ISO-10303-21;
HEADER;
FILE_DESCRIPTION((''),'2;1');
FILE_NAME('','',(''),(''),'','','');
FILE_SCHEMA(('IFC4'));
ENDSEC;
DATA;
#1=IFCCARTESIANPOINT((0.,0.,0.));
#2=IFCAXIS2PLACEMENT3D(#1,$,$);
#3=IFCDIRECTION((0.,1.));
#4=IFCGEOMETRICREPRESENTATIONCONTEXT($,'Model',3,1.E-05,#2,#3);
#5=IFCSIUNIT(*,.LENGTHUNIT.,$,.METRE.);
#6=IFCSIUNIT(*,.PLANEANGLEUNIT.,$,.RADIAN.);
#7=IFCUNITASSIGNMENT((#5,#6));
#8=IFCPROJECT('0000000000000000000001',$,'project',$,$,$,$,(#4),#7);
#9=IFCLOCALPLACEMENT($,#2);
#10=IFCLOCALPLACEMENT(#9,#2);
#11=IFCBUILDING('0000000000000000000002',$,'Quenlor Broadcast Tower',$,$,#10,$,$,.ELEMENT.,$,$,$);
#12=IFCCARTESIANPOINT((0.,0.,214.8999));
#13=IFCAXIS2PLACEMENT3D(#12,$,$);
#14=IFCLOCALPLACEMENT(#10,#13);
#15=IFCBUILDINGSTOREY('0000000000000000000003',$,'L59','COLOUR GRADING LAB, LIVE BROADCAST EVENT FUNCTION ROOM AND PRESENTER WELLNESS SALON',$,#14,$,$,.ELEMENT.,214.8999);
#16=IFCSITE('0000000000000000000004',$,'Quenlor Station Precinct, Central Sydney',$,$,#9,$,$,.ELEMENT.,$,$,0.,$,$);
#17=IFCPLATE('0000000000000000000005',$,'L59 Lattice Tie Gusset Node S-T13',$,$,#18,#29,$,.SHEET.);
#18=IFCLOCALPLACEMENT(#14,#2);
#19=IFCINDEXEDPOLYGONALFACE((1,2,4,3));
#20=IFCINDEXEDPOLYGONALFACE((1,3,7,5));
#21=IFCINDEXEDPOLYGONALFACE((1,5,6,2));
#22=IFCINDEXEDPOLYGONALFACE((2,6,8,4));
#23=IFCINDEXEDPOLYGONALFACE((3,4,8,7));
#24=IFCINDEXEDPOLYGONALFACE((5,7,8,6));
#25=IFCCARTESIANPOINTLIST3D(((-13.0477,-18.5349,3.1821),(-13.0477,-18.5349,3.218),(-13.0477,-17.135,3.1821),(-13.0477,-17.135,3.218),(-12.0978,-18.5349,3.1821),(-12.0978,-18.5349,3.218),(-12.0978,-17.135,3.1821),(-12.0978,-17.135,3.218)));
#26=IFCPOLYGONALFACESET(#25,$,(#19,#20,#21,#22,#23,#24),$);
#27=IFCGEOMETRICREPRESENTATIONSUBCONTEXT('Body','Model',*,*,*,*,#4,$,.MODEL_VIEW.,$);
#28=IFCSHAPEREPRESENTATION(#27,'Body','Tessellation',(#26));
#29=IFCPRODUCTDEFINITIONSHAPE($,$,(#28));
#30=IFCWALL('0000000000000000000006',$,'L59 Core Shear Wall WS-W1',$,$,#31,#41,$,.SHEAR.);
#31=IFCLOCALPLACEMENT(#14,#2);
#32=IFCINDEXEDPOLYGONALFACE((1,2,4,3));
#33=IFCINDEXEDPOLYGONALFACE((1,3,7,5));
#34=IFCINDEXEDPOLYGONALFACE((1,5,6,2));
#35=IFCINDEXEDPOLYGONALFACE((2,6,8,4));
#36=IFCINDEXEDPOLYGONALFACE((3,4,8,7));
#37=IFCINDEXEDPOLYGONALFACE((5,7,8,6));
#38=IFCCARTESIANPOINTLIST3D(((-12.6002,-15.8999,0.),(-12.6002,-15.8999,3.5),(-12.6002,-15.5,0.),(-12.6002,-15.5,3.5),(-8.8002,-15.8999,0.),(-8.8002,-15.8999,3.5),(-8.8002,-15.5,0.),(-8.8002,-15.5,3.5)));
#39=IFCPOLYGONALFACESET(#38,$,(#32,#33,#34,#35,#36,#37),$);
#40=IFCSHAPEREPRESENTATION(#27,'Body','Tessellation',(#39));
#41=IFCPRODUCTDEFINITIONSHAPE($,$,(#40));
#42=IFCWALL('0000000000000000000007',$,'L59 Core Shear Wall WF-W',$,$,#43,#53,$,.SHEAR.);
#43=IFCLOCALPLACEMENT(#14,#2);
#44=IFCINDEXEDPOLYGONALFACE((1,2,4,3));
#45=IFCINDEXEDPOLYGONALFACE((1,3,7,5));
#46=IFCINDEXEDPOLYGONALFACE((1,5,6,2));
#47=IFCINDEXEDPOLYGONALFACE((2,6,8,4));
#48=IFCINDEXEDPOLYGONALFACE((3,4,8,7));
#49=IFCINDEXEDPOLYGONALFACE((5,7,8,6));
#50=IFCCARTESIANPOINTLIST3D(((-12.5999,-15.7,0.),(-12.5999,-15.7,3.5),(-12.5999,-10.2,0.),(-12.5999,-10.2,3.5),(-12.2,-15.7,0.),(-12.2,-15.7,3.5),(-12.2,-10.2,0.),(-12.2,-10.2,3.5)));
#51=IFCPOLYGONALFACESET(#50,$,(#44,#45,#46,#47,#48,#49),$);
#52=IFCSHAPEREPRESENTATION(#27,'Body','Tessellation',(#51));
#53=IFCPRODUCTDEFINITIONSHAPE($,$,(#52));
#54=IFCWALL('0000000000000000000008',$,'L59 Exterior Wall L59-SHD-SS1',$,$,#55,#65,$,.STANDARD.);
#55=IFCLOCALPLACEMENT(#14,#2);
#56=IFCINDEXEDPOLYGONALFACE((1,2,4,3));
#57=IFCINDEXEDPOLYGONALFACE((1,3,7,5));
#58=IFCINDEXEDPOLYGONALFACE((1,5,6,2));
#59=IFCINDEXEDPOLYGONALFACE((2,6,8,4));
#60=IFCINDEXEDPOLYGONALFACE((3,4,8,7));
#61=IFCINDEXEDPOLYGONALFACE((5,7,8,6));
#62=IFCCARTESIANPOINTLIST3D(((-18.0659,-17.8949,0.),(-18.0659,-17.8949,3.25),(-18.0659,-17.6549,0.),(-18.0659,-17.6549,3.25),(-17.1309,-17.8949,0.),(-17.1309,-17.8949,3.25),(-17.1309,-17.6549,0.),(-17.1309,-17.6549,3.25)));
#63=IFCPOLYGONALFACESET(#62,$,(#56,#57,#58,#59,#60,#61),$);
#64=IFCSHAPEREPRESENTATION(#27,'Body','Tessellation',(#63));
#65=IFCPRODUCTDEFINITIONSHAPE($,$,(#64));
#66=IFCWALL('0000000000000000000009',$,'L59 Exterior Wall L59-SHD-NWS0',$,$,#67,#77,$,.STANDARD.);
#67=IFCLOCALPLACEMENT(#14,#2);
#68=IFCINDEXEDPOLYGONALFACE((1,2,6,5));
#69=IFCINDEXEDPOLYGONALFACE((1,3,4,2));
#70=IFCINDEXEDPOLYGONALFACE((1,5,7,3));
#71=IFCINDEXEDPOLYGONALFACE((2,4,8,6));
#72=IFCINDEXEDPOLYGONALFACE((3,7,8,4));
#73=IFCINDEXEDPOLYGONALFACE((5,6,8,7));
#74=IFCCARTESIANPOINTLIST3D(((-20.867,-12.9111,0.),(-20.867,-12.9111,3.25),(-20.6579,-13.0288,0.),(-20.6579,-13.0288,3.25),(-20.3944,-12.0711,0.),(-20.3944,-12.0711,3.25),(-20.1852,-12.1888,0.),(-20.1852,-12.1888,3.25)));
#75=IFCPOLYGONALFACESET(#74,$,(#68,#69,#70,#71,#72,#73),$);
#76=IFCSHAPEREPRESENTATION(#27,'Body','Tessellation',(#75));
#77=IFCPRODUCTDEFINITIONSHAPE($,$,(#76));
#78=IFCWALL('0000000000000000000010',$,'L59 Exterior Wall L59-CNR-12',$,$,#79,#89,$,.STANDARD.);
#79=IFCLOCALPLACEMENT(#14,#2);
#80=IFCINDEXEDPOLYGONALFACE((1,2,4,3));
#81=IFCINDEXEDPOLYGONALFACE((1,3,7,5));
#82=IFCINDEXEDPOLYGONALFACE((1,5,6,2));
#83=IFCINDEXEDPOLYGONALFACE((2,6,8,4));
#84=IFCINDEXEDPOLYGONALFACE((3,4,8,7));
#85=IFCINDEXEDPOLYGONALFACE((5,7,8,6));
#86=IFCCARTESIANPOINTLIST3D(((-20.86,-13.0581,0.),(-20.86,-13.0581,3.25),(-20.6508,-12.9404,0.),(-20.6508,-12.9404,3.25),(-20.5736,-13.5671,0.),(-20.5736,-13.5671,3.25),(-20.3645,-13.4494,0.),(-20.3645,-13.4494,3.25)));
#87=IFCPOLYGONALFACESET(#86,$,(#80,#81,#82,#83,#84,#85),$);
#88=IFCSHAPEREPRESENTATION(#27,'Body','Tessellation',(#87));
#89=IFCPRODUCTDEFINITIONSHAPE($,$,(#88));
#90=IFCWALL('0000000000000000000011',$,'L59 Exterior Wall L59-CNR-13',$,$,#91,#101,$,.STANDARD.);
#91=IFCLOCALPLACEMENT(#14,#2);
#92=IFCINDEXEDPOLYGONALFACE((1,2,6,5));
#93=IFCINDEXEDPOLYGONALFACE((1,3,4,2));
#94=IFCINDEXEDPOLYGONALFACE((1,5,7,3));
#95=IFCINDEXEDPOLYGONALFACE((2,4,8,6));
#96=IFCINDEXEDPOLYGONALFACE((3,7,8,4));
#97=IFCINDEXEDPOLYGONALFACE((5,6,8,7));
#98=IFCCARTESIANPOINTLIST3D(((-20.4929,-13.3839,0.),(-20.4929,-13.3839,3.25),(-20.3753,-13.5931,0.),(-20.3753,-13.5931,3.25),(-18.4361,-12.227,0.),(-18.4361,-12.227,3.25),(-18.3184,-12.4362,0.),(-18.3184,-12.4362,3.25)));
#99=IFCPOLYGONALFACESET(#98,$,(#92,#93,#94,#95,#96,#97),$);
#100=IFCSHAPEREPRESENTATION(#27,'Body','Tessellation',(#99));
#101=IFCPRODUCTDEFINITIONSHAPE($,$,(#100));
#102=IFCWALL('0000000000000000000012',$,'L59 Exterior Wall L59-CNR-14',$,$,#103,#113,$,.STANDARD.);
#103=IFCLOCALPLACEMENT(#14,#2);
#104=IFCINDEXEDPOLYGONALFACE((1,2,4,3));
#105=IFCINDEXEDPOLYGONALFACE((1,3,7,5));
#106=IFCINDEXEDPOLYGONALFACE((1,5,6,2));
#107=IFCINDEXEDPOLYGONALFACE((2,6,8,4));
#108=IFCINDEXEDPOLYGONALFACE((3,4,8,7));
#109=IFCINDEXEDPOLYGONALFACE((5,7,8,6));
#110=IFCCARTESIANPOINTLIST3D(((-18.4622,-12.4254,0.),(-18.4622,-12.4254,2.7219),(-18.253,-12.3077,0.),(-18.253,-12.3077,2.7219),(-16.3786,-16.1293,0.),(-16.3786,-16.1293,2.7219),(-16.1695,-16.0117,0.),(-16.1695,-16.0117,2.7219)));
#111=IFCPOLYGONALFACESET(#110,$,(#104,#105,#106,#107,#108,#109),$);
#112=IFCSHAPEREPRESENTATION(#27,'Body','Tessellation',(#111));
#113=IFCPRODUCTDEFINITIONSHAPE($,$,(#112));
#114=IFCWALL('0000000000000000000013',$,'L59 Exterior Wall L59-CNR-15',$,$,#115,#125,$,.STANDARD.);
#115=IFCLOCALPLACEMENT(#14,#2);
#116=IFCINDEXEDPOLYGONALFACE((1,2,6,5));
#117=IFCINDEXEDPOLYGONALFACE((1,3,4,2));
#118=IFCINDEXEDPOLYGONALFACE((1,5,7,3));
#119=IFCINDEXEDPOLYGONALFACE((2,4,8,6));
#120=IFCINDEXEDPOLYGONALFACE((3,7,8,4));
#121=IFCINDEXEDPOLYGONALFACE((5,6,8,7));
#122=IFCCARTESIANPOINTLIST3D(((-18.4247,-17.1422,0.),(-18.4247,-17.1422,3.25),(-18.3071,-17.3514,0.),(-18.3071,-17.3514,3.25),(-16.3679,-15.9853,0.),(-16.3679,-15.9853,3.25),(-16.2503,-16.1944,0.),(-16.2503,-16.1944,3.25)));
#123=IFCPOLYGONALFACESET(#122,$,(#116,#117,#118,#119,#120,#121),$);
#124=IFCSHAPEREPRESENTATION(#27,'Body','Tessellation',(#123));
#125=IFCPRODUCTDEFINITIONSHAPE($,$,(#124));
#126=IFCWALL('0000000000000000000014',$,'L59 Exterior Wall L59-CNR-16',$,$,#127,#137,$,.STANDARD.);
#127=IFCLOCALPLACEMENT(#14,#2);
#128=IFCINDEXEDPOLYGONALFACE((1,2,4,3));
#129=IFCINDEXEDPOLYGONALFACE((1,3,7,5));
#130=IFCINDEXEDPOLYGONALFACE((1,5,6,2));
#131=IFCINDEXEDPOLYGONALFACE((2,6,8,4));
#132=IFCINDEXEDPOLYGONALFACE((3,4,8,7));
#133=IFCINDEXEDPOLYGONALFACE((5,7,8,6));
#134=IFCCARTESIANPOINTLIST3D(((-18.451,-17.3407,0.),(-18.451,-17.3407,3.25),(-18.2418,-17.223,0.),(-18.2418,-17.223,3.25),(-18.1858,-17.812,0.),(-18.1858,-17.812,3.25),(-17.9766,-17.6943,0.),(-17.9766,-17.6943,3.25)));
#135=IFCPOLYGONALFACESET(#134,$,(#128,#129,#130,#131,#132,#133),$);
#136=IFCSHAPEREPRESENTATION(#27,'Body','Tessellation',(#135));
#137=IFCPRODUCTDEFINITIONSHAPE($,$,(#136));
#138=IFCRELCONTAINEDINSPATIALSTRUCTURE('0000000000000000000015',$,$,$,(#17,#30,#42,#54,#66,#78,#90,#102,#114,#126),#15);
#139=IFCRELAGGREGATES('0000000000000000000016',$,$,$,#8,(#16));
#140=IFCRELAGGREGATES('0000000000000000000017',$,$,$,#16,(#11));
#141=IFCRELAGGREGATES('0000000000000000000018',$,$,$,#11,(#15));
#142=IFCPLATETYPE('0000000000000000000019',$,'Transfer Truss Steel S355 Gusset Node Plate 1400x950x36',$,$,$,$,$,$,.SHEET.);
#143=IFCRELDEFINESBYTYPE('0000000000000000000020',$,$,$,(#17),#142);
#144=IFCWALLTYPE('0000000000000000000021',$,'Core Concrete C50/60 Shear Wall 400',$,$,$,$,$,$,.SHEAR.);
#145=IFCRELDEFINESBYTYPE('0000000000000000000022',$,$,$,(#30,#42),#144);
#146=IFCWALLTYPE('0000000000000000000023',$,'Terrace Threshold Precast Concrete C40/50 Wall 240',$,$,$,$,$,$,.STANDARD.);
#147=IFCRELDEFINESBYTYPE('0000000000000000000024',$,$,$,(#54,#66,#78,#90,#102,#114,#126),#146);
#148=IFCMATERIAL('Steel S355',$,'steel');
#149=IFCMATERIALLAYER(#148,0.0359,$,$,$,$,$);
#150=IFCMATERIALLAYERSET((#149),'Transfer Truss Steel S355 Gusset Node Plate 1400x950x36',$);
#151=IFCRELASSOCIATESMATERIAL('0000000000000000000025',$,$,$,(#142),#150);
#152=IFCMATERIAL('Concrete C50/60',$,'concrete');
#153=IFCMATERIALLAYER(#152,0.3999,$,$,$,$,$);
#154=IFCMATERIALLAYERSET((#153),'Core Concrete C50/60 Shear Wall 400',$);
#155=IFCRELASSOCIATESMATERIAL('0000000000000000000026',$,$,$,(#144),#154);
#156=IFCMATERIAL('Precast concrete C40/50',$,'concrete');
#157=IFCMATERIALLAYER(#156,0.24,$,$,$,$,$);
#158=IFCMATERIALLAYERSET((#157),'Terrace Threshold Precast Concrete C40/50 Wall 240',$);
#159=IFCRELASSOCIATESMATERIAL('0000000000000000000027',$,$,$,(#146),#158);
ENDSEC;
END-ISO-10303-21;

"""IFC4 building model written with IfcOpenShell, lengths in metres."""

from ifc_helpers import new_model, si_unit, direction, frame, frame_2d, origin, origin_2d, place, context, subcontext, project, spatial, rectangle, extrude, material, layer, layer_set, type_object, element, save


model = new_model("IFC4")

# Units and contexts
model_context = context("Model", 3, precision=1e-05, world=origin(), true_north=direction((0.0, 1.0)))
body_context = subcontext(model_context, "Body", "Model", "MODEL_VIEW")
ifc_project = project(units=[si_unit("LENGTHUNIT", "METRE"), si_unit("PLANEANGLEUNIT", "RADIAN")], contexts=[model_context])

# Site, building, storey
site_placement = place(None, origin())
site = spatial("IfcSite", under=ifc_project, at=site_placement, Name="Quenlor Station Precinct, Central Sydney", CompositionType="ELEMENT", RefElevation=0.0)
building_placement = place(site_placement, origin())
building = spatial("IfcBuilding", under=site, at=building_placement, Name="Quenlor Broadcast Tower", CompositionType="ELEMENT")
storey_placement = place(building_placement, frame((0.0, 0.0, 214.8999)))
storey = spatial("IfcBuildingStorey", under=building, at=storey_placement, Name="L59", Description="COLOUR GRADING LAB, LIVE BROADCAST EVENT FUNCTION ROOM AND PRESENTER WELLNESS SALON", CompositionType="ELEMENT", Elevation=214.8999)

# Plate
ifc_material_1 = material(Name="Steel S355", Category="steel")
ifc_layer_1 = layer(ifc_material_1, 0.0359)
ifc_layer_set_1 = layer_set([ifc_layer_1], Name="Transfer Truss Steel S355 Gusset Node Plate 1400x950x36")
plate_type_1 = type_object("IfcPlateType", Name="Transfer Truss Steel S355 Gusset Node Plate 1400x950x36", PredefinedType="SHEET", material=ifc_layer_set_1)
for number, where, z_axis, x_axis, name in (
    (1, (-12.5728, -17.835, 3.1821), (0.0, 0.0, 1.0), (0.0, -1.0, 0.0), "L59 Lattice Tie Gusset Node S-T13"),
):
    element("IfcPlate", number, at=place(storey_placement, frame(where, z_axis=z_axis, x_axis=x_axis)), inside=storey, type_object=plate_type_1, Name=name, PredefinedType="SHEET", context=body_context, shape_type="SweptSolid", body=[
        extrude(rectangle(XDim=1.3999, YDim=0.95, at=origin_2d()), origin(), (0.0, 0.0, 1.0), 0.0359),
    ])

# Walls
ifc_material_2 = material(Name="Concrete C50/60", Category="concrete")
ifc_layer_2 = layer(ifc_material_2, 0.3999)
ifc_layer_set_2 = layer_set([ifc_layer_2], Name="Core Concrete C50/60 Shear Wall 400")
wall_type_1 = type_object("IfcWallType", Name="Core Concrete C50/60 Shear Wall 400", PredefinedType="SHEAR", material=ifc_layer_set_2)
wall_1_placement = place(storey_placement, frame((-12.6001, -15.7, 0.0), z_axis=(0.0, 0.0, 1.0), x_axis=(1.0, 0.0, 0.0)))
element("IfcWall", 2, at=wall_1_placement, inside=storey, type_object=wall_type_1, Name="L59 Core Shear Wall WS-W1", PredefinedType="SHEAR", context=body_context, shape_type="SweptSolid", body=[
    extrude(rectangle(XDim=3.8, YDim=0.3999, at=frame_2d((1.8999, 0.0))), origin(), (0.0, 0.0, 1.0), 3.5),
])
wall_2_placement = place(storey_placement, frame((-12.3999, -15.7, 0.0), z_axis=(0.0, 0.0, 1.0), x_axis=(0.0, 1.0, 0.0)))
element("IfcWall", 3, at=wall_2_placement, inside=storey, type_object=wall_type_1, Name="L59 Core Shear Wall WF-W", PredefinedType="SHEAR", context=body_context, shape_type="SweptSolid", body=[
    extrude(rectangle(XDim=5.5, YDim=0.3999, at=frame_2d((2.75, 0.0))), origin(), (0.0, 0.0, 1.0), 3.5),
])
ifc_material_3 = material(Name="Precast concrete C40/50", Category="concrete")
ifc_layer_3 = layer(ifc_material_3, 0.24)
ifc_layer_set_3 = layer_set([ifc_layer_3], Name="Terrace Threshold Precast Concrete C40/50 Wall 240")
wall_type_2 = type_object("IfcWallType", Name="Terrace Threshold Precast Concrete C40/50 Wall 240", PredefinedType="STANDARD", material=ifc_layer_set_3)
wall_3_placement = place(storey_placement, frame((-17.1309, -17.7749, 0.0), z_axis=(0.0, 0.0, 1.0), x_axis=(-1.0, 0.0, 0.0)))
element("IfcWall", 4, at=wall_3_placement, inside=storey, type_object=wall_type_2, Name="L59 Exterior Wall L59-SHD-SS1", PredefinedType="STANDARD", context=body_context, shape_type="SweptSolid", body=[
    extrude(rectangle(XDim=0.9351, YDim=0.24, at=frame_2d((0.4675, 0.0))), origin(), (0.0, 0.0, 1.0), 3.25),
])
wall_4_placement = place(storey_placement, frame((-20.7625, -12.97, 0.0), z_axis=(0.0, 0.0, 1.0), x_axis=(0.490345, 0.871528, 0.0)))
element("IfcWall", 5, at=wall_4_placement, inside=storey, type_object=wall_type_2, Name="L59 Exterior Wall L59-SHD-NWS0", PredefinedType="STANDARD", context=body_context, shape_type="SweptSolid", body=[
    extrude(rectangle(XDim=0.9639, YDim=0.24, at=frame_2d((0.4819, 0.0))), origin(), (0.0, 0.0, 1.0), 3.25),
])
wall_5_placement = place(storey_placement, frame((-20.7554, -12.9993, 0.0), z_axis=(0.0, 0.0, 1.0), x_axis=(0.490321, -0.871542, 0.0)))
element("IfcWall", 6, at=wall_5_placement, inside=storey, type_object=wall_type_2, Name="L59 Exterior Wall L59-CNR-12", PredefinedType="STANDARD", context=body_context, shape_type="SweptSolid", body=[
    extrude(rectangle(XDim=0.584, YDim=0.24, at=frame_2d((0.292, 0.0))), origin(), (0.0, 0.0, 1.0), 3.25),
])
wall_6_placement = place(storey_placement, frame((-20.4341, -13.4885, 0.0), z_axis=(0.0, 0.0, 1.0), x_axis=(0.871578, 0.490256, 0.0)))
element("IfcWall", 7, at=wall_6_placement, inside=storey, type_object=wall_type_2, Name="L59 Exterior Wall L59-CNR-13", PredefinedType="STANDARD", context=body_context, shape_type="SweptSolid", body=[
    extrude(rectangle(XDim=2.3599, YDim=0.24, at=frame_2d((1.1799, 0.0))), origin(), (0.0, 0.0, 1.0), 3.25),
])
wall_7_placement = place(storey_placement, frame((-18.3577, -12.3665, 0.0), z_axis=(0.0, 0.0, 1.0), x_axis=(0.490275, -0.871568, 0.0)))
element("IfcWall", 8, at=wall_7_placement, inside=storey, type_object=wall_type_2, Name="L59 Exterior Wall L59-CNR-14", PredefinedType="STANDARD", context=body_context, shape_type="SweptSolid", body=[
    extrude(rectangle(XDim=4.2498, YDim=0.24, at=frame_2d((2.125, 0.0))), origin(), (0.0, 0.0, 1.0), 2.7219),
])
wall_8_placement = place(storey_placement, frame((-16.3091, -16.0898, 0.0), z_axis=(0.0, 0.0, 1.0), x_axis=(-0.871578, -0.490256, 0.0)))
element("IfcWall", 9, at=wall_8_placement, inside=storey, type_object=wall_type_2, Name="L59 Exterior Wall L59-CNR-15", PredefinedType="STANDARD", context=body_context, shape_type="SweptSolid", body=[
    extrude(rectangle(XDim=2.3599, YDim=0.24, at=frame_2d((1.1799, 0.0))), origin(), (0.0, 0.0, 1.0), 3.25),
])
wall_9_placement = place(storey_placement, frame((-18.3464, -17.2817, 0.0), z_axis=(0.0, 0.0, 1.0), x_axis=(0.49039, -0.871503, 0.0)))
element("IfcWall", 10, at=wall_9_placement, inside=storey, type_object=wall_type_2, Name="L59 Exterior Wall L59-CNR-16", PredefinedType="STANDARD", context=body_context, shape_type="SweptSolid", body=[
    extrude(rectangle(XDim=0.5408, YDim=0.24, at=frame_2d((0.2705, 0.0))), origin(), (0.0, 0.0, 1.0), 3.25),
])

save(model, "model.ifc")
